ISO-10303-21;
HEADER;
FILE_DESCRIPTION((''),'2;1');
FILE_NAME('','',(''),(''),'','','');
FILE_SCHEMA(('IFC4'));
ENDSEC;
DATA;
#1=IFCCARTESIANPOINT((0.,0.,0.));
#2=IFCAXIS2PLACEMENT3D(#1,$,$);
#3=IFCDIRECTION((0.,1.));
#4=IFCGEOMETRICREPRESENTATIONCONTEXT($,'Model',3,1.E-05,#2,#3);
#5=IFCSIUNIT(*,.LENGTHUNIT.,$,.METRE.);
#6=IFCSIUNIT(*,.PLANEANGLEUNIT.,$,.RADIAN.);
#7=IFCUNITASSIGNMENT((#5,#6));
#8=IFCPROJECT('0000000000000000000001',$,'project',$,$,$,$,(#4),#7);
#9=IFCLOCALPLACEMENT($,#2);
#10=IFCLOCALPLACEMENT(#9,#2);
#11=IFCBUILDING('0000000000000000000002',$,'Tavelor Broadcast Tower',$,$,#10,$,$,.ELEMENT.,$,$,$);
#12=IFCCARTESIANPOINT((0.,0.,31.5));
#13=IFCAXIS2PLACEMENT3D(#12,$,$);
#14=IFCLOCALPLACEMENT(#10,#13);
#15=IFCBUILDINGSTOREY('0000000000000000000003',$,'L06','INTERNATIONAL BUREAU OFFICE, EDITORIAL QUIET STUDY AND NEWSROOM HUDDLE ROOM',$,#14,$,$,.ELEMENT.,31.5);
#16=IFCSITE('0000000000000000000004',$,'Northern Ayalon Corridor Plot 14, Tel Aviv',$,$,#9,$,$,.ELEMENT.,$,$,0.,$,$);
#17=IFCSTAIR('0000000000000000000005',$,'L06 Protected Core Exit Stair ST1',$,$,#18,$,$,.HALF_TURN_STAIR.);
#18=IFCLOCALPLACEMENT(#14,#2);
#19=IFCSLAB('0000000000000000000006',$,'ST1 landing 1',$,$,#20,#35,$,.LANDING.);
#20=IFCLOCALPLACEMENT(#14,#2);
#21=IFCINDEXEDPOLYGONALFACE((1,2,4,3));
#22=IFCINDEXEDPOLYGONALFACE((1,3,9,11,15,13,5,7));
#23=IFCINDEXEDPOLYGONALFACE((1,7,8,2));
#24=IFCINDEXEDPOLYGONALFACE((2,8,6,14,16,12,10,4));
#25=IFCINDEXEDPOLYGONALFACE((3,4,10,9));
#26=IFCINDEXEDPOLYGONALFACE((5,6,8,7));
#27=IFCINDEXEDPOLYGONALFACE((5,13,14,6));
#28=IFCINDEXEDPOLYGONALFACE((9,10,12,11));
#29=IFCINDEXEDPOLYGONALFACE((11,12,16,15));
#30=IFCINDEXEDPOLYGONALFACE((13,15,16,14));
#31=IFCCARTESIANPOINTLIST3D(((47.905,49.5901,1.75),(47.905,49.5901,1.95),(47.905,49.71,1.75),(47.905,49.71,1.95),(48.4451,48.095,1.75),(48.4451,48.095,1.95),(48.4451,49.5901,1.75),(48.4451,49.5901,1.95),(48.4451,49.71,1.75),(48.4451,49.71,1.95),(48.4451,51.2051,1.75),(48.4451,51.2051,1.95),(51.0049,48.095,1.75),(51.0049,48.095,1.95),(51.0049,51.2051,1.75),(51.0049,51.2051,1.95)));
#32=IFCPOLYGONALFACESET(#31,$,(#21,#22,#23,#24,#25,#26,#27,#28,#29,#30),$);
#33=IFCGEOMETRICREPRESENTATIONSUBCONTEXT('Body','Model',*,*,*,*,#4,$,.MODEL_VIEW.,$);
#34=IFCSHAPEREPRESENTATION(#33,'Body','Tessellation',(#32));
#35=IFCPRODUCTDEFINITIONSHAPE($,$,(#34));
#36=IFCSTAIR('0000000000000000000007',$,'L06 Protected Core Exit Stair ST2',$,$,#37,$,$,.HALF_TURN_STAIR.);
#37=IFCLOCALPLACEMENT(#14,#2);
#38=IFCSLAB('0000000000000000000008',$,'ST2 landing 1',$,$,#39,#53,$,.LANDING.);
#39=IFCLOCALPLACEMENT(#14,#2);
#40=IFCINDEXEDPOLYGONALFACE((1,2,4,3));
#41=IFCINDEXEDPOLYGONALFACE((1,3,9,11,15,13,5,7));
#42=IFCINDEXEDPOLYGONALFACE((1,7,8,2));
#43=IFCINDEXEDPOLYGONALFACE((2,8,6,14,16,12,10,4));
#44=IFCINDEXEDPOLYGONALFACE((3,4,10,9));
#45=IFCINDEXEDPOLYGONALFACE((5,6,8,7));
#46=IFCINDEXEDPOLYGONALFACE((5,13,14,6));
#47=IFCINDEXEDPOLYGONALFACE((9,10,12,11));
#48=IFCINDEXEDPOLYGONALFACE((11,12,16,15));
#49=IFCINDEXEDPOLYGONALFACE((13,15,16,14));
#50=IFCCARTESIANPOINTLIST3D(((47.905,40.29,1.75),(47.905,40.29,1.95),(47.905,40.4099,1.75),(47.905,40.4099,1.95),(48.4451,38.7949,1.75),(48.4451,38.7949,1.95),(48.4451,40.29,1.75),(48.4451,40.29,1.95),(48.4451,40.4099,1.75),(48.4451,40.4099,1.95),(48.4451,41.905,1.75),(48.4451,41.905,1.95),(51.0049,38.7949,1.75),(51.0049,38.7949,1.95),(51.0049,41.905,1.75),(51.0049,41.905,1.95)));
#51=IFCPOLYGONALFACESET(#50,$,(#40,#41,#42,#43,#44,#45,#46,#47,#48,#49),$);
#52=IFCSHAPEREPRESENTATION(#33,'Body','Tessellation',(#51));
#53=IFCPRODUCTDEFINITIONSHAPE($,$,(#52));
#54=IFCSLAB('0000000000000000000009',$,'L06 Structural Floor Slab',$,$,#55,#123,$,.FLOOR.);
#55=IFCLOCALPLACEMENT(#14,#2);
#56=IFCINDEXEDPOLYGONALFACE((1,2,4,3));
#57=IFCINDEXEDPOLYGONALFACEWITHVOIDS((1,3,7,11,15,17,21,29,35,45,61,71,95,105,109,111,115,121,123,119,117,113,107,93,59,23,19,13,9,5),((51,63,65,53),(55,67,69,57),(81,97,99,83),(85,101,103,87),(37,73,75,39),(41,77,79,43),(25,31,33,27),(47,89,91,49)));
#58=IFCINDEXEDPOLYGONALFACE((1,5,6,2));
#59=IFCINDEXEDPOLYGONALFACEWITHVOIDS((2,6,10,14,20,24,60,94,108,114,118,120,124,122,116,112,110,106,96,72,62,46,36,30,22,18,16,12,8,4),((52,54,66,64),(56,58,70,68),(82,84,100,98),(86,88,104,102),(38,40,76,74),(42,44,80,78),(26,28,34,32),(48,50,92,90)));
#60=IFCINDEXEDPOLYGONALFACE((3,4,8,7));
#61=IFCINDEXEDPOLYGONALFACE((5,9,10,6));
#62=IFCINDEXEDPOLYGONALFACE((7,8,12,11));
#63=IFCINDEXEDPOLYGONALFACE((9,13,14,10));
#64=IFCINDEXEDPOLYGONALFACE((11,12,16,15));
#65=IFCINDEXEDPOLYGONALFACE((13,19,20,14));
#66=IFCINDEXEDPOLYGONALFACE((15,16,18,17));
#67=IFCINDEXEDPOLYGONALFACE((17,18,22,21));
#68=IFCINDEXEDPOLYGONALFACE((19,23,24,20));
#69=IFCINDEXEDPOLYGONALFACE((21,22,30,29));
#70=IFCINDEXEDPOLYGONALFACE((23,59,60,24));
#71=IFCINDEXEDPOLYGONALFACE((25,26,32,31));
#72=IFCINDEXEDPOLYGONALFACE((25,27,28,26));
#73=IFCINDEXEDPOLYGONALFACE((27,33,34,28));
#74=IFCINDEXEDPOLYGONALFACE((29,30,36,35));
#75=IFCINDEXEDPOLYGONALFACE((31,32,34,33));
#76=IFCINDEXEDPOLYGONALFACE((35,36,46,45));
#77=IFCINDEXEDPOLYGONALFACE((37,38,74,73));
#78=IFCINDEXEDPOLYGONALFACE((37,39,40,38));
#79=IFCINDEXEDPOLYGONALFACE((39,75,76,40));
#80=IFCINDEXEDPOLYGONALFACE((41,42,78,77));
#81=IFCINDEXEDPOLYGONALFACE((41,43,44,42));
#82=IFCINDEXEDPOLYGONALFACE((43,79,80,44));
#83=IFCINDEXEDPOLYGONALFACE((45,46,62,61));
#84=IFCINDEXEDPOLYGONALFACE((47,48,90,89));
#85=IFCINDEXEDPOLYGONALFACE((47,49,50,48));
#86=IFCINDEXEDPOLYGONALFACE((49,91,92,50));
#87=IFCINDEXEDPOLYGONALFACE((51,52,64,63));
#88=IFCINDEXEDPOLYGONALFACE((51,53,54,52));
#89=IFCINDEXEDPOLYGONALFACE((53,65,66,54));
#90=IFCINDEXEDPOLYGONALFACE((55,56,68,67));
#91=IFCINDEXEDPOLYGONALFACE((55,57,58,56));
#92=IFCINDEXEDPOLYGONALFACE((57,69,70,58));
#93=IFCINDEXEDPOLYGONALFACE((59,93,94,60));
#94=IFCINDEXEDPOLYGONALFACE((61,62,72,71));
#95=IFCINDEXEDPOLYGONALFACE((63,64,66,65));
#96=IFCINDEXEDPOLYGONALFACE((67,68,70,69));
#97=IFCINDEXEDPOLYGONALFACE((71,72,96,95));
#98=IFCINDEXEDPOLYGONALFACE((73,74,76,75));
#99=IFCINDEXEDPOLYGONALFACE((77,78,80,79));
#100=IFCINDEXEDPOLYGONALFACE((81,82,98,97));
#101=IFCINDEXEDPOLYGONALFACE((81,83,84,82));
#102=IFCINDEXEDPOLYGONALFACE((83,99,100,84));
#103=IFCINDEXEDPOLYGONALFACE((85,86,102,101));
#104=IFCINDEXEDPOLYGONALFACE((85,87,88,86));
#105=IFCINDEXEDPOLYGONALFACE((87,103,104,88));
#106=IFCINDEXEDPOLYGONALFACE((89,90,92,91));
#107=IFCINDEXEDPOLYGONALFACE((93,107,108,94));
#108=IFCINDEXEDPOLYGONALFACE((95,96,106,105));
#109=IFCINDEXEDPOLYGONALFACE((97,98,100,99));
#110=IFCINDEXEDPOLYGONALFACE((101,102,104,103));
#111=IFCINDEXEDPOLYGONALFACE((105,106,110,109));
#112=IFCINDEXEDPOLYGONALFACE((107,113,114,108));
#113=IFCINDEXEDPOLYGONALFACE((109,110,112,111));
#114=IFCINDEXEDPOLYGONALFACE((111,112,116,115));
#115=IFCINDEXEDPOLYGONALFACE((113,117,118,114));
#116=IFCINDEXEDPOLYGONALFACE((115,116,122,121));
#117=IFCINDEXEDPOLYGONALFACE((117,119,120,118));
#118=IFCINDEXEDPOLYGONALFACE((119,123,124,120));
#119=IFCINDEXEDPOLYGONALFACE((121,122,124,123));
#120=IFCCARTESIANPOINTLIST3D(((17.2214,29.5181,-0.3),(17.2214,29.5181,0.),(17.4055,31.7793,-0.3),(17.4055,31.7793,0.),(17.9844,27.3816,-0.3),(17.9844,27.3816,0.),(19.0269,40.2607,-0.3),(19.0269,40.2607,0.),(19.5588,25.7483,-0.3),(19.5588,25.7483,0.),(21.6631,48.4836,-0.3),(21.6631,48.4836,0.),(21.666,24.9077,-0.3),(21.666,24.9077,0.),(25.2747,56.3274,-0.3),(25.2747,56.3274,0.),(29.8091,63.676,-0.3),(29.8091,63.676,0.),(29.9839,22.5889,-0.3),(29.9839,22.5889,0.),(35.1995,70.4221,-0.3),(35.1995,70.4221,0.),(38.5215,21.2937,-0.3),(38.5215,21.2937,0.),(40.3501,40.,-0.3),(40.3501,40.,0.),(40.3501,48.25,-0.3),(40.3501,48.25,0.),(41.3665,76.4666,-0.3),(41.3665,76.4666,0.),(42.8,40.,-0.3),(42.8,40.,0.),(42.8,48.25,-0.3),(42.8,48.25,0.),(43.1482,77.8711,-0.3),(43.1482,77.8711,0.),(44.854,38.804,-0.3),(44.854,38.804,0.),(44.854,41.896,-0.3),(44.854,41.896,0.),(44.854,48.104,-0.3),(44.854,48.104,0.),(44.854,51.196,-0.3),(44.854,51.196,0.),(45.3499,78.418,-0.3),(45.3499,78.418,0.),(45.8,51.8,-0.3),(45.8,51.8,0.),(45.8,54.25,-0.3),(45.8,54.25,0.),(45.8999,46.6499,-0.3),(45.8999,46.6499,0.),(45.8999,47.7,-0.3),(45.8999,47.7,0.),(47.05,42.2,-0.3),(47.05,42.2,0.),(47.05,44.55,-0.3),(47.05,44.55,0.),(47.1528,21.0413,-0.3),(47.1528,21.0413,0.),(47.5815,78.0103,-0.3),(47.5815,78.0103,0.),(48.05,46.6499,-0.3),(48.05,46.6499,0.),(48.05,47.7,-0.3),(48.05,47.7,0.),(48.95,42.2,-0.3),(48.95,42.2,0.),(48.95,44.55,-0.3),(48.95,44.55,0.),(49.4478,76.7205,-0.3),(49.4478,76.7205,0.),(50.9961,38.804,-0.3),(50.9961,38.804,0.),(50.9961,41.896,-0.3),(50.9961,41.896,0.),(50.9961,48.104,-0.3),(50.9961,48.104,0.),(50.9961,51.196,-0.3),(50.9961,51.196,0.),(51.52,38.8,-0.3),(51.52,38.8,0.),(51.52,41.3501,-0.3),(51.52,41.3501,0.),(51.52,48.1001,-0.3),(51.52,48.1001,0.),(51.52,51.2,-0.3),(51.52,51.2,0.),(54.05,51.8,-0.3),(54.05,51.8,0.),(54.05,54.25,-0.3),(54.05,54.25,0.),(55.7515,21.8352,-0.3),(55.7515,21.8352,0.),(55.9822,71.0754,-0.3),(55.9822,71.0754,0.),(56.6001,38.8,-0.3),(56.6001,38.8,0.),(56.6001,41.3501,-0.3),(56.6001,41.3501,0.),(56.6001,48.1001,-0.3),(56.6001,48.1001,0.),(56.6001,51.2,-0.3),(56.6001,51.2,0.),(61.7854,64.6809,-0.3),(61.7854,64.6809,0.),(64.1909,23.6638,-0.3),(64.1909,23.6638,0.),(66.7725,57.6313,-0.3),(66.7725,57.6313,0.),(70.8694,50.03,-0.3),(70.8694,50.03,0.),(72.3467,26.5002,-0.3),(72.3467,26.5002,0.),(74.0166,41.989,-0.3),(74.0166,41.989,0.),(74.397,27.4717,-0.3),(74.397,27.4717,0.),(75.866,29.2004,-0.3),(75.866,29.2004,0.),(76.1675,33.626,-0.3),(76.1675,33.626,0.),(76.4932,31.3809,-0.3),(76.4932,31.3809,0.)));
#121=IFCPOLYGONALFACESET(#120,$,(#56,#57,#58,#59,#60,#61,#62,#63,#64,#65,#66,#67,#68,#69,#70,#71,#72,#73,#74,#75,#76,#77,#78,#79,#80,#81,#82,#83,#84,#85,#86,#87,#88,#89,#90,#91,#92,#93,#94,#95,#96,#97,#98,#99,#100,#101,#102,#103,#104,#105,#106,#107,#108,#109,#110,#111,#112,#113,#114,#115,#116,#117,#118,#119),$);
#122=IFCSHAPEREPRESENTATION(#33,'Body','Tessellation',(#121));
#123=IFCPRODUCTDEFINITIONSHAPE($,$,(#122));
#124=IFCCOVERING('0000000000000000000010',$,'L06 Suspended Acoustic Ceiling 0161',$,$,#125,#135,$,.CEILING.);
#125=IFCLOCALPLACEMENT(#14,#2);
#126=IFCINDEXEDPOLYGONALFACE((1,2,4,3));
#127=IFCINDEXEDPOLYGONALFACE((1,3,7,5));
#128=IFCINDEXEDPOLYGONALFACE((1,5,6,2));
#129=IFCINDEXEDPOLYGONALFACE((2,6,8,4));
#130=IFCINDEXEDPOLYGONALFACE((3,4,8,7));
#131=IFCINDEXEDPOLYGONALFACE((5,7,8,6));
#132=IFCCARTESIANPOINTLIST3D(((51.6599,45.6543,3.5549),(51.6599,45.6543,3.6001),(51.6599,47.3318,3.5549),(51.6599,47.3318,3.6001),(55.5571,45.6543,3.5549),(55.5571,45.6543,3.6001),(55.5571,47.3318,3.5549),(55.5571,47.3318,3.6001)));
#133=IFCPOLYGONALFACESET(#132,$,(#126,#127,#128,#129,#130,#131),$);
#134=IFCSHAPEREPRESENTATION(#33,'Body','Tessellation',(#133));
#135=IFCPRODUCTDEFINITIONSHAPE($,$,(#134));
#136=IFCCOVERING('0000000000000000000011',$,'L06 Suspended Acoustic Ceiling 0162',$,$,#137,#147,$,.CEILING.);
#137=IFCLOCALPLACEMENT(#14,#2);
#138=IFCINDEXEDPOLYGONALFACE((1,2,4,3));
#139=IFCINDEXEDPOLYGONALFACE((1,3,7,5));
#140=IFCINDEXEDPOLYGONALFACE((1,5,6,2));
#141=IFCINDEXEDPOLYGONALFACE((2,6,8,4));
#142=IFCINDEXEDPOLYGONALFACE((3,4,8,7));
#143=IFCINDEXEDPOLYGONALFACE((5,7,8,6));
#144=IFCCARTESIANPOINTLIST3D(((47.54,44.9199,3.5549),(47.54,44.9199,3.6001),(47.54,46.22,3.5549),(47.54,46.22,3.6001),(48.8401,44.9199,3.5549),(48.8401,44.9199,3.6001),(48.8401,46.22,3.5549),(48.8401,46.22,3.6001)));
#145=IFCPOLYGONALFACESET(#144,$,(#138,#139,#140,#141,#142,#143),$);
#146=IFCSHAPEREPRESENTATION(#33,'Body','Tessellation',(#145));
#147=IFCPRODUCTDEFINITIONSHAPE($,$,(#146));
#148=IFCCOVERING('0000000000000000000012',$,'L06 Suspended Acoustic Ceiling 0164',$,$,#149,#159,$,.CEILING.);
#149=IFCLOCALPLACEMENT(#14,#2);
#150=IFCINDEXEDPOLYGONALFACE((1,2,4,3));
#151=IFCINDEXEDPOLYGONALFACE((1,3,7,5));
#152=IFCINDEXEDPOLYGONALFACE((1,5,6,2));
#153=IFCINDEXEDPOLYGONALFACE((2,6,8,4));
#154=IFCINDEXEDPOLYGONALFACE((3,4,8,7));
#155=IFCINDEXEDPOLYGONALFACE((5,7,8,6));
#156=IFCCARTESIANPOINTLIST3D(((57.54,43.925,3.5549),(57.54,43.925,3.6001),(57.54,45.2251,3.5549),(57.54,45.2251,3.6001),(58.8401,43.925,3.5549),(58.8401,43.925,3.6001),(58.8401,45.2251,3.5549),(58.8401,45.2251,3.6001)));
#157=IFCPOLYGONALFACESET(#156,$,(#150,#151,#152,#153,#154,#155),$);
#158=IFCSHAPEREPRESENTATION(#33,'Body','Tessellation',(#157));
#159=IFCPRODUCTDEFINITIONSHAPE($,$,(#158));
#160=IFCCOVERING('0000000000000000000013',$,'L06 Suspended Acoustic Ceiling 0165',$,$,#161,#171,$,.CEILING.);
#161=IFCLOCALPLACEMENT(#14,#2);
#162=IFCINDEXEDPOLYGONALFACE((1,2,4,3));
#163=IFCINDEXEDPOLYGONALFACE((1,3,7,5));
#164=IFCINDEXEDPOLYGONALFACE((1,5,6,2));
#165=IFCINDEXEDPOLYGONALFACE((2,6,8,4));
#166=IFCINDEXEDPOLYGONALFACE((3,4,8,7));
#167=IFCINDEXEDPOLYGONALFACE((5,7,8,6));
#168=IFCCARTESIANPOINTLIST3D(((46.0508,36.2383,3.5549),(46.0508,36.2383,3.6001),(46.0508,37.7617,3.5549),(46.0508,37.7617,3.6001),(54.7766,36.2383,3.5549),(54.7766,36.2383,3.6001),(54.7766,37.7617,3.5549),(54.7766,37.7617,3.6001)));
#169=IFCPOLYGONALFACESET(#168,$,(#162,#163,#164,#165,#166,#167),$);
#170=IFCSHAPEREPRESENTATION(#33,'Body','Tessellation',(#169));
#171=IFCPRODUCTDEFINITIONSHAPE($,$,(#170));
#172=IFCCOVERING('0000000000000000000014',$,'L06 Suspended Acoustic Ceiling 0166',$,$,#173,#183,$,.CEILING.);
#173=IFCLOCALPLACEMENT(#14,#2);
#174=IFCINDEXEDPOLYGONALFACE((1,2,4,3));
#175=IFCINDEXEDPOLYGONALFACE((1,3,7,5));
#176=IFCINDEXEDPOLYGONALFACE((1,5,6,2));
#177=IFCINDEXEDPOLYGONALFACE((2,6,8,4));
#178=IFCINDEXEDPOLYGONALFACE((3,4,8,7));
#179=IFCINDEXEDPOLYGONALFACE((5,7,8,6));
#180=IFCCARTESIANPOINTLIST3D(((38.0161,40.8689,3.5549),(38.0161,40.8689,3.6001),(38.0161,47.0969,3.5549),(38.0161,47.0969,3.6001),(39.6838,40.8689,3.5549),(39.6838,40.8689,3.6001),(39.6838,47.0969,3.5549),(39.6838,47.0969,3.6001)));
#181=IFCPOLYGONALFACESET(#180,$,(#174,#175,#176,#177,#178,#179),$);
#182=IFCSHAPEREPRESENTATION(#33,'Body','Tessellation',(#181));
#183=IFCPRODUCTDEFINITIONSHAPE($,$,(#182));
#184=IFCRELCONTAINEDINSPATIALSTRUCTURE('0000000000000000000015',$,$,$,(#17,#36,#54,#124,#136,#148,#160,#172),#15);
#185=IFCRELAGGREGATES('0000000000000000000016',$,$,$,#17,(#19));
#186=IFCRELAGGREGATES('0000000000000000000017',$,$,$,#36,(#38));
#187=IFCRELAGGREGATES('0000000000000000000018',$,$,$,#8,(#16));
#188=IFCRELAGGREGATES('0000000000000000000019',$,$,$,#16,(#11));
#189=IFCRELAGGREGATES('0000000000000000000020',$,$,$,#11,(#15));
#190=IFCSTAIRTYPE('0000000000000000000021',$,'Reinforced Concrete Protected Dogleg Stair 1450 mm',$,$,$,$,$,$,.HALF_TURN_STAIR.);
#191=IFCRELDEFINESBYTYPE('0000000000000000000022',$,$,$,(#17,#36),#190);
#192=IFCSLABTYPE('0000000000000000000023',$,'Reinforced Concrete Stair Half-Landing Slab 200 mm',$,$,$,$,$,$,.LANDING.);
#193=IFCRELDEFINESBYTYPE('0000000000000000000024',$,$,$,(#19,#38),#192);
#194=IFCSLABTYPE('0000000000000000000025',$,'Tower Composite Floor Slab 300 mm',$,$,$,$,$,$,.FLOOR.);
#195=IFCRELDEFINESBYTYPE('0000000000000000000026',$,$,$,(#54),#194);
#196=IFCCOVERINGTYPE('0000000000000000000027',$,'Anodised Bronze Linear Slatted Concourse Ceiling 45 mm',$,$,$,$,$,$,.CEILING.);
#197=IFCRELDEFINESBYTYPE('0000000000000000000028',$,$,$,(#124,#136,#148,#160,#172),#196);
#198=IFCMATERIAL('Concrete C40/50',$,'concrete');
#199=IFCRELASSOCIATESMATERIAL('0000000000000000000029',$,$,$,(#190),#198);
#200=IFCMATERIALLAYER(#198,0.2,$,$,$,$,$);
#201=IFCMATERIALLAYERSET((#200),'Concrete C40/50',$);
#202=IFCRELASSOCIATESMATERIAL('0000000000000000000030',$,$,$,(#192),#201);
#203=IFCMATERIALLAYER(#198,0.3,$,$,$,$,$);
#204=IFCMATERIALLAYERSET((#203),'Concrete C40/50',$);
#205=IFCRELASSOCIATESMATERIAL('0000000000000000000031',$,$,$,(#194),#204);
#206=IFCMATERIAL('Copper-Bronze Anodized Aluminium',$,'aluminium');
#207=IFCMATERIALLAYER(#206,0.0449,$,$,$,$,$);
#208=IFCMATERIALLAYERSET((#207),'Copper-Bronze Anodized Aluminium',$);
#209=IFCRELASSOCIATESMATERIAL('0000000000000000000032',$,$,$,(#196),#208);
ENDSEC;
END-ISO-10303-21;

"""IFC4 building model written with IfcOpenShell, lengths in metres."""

from ifc_helpers import new_model, si_unit, direction, frame, origin, place, context, subcontext, project, spatial, polyline, outline, extrude, material, layer, layer_set, type_object, element, aggregate, save


model = new_model("IFC4")

# Units and contexts
model_context = context("Model", 3, precision=1e-05, world=origin(), true_north=direction((0.0, 1.0)))
body_context = subcontext(model_context, "Body", "Model", "MODEL_VIEW")
ifc_project = project(units=[si_unit("LENGTHUNIT", "METRE"), si_unit("PLANEANGLEUNIT", "RADIAN")], contexts=[model_context])

# Site, building, storey
site_placement = place(None, origin())
site = spatial("IfcSite", under=ifc_project, at=site_placement, Name="Northern Ayalon Corridor Plot 14, Tel Aviv", CompositionType="ELEMENT", RefElevation=0.0)
building_placement = place(site_placement, origin())
building = spatial("IfcBuilding", under=site, at=building_placement, Name="Tavelor Broadcast Tower", CompositionType="ELEMENT")
storey_placement = place(building_placement, frame((0.0, 0.0, 31.5)))
storey = spatial("IfcBuildingStorey", under=building, at=storey_placement, Name="L06", Description="INTERNATIONAL BUREAU OFFICE, EDITORIAL QUIET STUDY AND NEWSROOM HUDDLE ROOM", CompositionType="ELEMENT", Elevation=31.5)

# Stairs, slabs
ifc_material_1 = material(Name="Concrete C40/50", Category="concrete")
stair_type = type_object("IfcStairType", Name="Reinforced Concrete Protected Dogleg Stair 1450 mm", PredefinedType="HALF_TURN_STAIR", material=ifc_material_1)
stair_1_placement = place(storey_placement, origin())
stair_1 = element("IfcStair", 1, at=stair_1_placement, inside=storey, type_object=stair_type, Name="L06 Protected Core Exit Stair ST1", PredefinedType="HALF_TURN_STAIR")
ifc_layer_1 = layer(ifc_material_1, 0.2)
ifc_layer_set_1 = layer_set([ifc_layer_1], Name="Concrete C40/50")
slab_type_1 = type_object("IfcSlabType", Name="Reinforced Concrete Stair Half-Landing Slab 200 mm", PredefinedType="LANDING", material=ifc_layer_set_1)
slab_1_placement = place(storey_placement, frame((0.0, 0.0, 1.75)))
slab_1 = element("IfcSlab", 2, at=slab_1_placement, type_object=slab_type_1, Name="ST1 landing 1", PredefinedType="LANDING", context=body_context, shape_type="SweptSolid", body=[
    extrude(outline(polyline([(48.4451, 49.5901), (48.4451, 48.095), (51.0049, 48.095), (51.0049, 51.2051), (48.4451, 51.2051), (48.4451, 49.71), (47.905, 49.71), (47.905, 49.5901), (48.4451, 49.5901)])), origin(), (0.0, 0.0, 1.0), 0.2),
])
aggregate(stair_1, [slab_1])
stair_2_placement = place(storey_placement, origin())
stair_2 = element("IfcStair", 3, at=stair_2_placement, inside=storey, type_object=stair_type, Name="L06 Protected Core Exit Stair ST2", PredefinedType="HALF_TURN_STAIR")
slab_2_placement = place(storey_placement, frame((0.0, 0.0, 1.75)))
slab_2 = element("IfcSlab", 4, at=slab_2_placement, type_object=slab_type_1, Name="ST2 landing 1", PredefinedType="LANDING", context=body_context, shape_type="SweptSolid", body=[
    extrude(outline(polyline([(48.4451, 40.29), (48.4451, 38.7949), (51.0049, 38.7949), (51.0049, 41.905), (48.4451, 41.905), (48.4451, 40.4099), (47.905, 40.4099), (47.905, 40.29), (48.4451, 40.29)])), origin(), (0.0, 0.0, 1.0), 0.2),
])
aggregate(stair_2, [slab_2])

# Slab
ifc_layer_2 = layer(ifc_material_1, 0.3)
ifc_layer_set_2 = layer_set([ifc_layer_2], Name="Concrete C40/50")
slab_type_2 = type_object("IfcSlabType", Name="Tower Composite Floor Slab 300 mm", PredefinedType="FLOOR", material=ifc_layer_set_2)
slab_3_placement = place(storey_placement, frame((0.0, 0.0, -0.3)))
element("IfcSlab", 5, at=slab_3_placement, inside=storey, type_object=slab_type_2, Name="L06 Structural Floor Slab", PredefinedType="FLOOR", context=body_context, shape_type="SweptSolid", body=[
    extrude(outline(polyline([(49.4478, 76.7205), (47.5815, 78.0103), (45.3499, 78.418), (43.1482, 77.8711), (41.3665, 76.4666), (35.1995, 70.4221), (29.8091, 63.676), (25.2747, 56.3274), (21.6631, 48.4836), (19.0269, 40.2607), (17.4055, 31.7793), (17.2214, 29.5181), (17.9844, 27.3816), (19.5588, 25.7483), (21.666, 24.9077), (29.9839, 22.5889), (38.5215, 21.2937), (47.1528, 21.0413), (55.7515, 21.8352), (64.1909, 23.6638), (72.3467, 26.5002), (74.397, 27.4717), (75.866, 29.2004), (76.4932, 31.3809), (76.1675, 33.626), (74.0166, 41.989), (70.8694, 50.03), (66.7725, 57.6313), (61.7854, 64.6809), (55.9822, 71.0754), (49.4478, 76.7205)]), holes=[polyline([(56.6001, 38.8), (51.52, 38.8), (51.52, 41.3501), (56.6001, 41.3501), (56.6001, 38.8)]), polyline([(50.9961, 38.804), (44.854, 38.804), (44.854, 41.896), (50.9961, 41.896), (50.9961, 38.804)]), polyline([(47.05, 42.2), (47.05, 44.55), (48.95, 44.55), (48.95, 42.2), (47.05, 42.2)]), polyline([(40.3501, 40.0), (40.3501, 48.25), (42.8, 48.25), (42.8, 40.0), (40.3501, 40.0)]), polyline([(48.05, 46.6499), (45.8999, 46.6499), (45.8999, 47.7), (48.05, 47.7), (48.05, 46.6499)]), polyline([(50.9961, 48.104), (44.854, 48.104), (44.854, 51.196), (50.9961, 51.196), (50.9961, 48.104)]), polyline([(56.6001, 48.1001), (51.52, 48.1001), (51.52, 51.2), (56.6001, 51.2), (56.6001, 48.1001)]), polyline([(54.05, 51.8), (45.8, 51.8), (45.8, 54.25), (54.05, 54.25), (54.05, 51.8)])]), origin(), (0.0, 0.0, 1.0), 0.3),
])

# Coverings
ifc_material_2 = material(Name="Copper-Bronze Anodized Aluminium", Category="aluminium")
ifc_layer_3 = layer(ifc_material_2, 0.0449)
ifc_layer_set_3 = layer_set([ifc_layer_3], Name="Copper-Bronze Anodized Aluminium")
covering_type_1 = type_object("IfcCoveringType", Name="Anodised Bronze Linear Slatted Concourse Ceiling 45 mm", PredefinedType="CEILING", material=ifc_layer_set_3)
covering_1_placement = place(storey_placement, frame((0.0, 0.0, 3.5549)))
element("IfcCovering", 6, at=covering_1_placement, inside=storey, type_object=covering_type_1, Name="L06 Suspended Acoustic Ceiling 0161", PredefinedType="CEILING", context=body_context, shape_type="SweptSolid", body=[
    extrude(outline(polyline([(51.6599, 45.6543), (55.5571, 45.6543), (55.5571, 47.3318), (51.6599, 47.3318), (51.6599, 45.6543)])), origin(), (0.0, 0.0, 1.0), 0.0452),
])
covering_2_placement = place(storey_placement, frame((0.0, 0.0, 3.5549)))
element("IfcCovering", 7, at=covering_2_placement, inside=storey, type_object=covering_type_1, Name="L06 Suspended Acoustic Ceiling 0162", PredefinedType="CEILING", context=body_context, shape_type="SweptSolid", body=[
    extrude(outline(polyline([(47.54, 44.9199), (48.8401, 44.9199), (48.8401, 46.22), (47.54, 46.22), (47.54, 44.9199)])), origin(), (0.0, 0.0, 1.0), 0.0452),
])
covering_3_placement = place(storey_placement, frame((0.0, 0.0, 3.5549)))
element("IfcCovering", 8, at=covering_3_placement, inside=storey, type_object=covering_type_1, Name="L06 Suspended Acoustic Ceiling 0164", PredefinedType="CEILING", context=body_context, shape_type="SweptSolid", body=[
    extrude(outline(polyline([(57.54, 43.925), (58.8401, 43.925), (58.8401, 45.2251), (57.54, 45.2251), (57.54, 43.925)])), origin(), (0.0, 0.0, 1.0), 0.0452),
])
covering_4_placement = place(storey_placement, frame((0.0, 0.0, 3.5549)))
element("IfcCovering", 9, at=covering_4_placement, inside=storey, type_object=covering_type_1, Name="L06 Suspended Acoustic Ceiling 0165", PredefinedType="CEILING", context=body_context, shape_type="SweptSolid", body=[
    extrude(outline(polyline([(46.0508, 36.2383), (54.7766, 36.2383), (54.7766, 37.7617), (46.0508, 37.7617), (46.0508, 36.2383)])), origin(), (0.0, 0.0, 1.0), 0.0452),
])
covering_5_placement = place(storey_placement, frame((0.0, 0.0, 3.5549)))
element("IfcCovering", 10, at=covering_5_placement, inside=storey, type_object=covering_type_1, Name="L06 Suspended Acoustic Ceiling 0166", PredefinedType="CEILING", context=body_context, shape_type="SweptSolid", body=[
    extrude(outline(polyline([(38.0161, 40.8689), (39.6838, 40.8689), (39.6838, 47.0969), (38.0161, 47.0969), (38.0161, 40.8689)])), origin(), (0.0, 0.0, 1.0), 0.0452),
])

save(model, "model.ifc")
